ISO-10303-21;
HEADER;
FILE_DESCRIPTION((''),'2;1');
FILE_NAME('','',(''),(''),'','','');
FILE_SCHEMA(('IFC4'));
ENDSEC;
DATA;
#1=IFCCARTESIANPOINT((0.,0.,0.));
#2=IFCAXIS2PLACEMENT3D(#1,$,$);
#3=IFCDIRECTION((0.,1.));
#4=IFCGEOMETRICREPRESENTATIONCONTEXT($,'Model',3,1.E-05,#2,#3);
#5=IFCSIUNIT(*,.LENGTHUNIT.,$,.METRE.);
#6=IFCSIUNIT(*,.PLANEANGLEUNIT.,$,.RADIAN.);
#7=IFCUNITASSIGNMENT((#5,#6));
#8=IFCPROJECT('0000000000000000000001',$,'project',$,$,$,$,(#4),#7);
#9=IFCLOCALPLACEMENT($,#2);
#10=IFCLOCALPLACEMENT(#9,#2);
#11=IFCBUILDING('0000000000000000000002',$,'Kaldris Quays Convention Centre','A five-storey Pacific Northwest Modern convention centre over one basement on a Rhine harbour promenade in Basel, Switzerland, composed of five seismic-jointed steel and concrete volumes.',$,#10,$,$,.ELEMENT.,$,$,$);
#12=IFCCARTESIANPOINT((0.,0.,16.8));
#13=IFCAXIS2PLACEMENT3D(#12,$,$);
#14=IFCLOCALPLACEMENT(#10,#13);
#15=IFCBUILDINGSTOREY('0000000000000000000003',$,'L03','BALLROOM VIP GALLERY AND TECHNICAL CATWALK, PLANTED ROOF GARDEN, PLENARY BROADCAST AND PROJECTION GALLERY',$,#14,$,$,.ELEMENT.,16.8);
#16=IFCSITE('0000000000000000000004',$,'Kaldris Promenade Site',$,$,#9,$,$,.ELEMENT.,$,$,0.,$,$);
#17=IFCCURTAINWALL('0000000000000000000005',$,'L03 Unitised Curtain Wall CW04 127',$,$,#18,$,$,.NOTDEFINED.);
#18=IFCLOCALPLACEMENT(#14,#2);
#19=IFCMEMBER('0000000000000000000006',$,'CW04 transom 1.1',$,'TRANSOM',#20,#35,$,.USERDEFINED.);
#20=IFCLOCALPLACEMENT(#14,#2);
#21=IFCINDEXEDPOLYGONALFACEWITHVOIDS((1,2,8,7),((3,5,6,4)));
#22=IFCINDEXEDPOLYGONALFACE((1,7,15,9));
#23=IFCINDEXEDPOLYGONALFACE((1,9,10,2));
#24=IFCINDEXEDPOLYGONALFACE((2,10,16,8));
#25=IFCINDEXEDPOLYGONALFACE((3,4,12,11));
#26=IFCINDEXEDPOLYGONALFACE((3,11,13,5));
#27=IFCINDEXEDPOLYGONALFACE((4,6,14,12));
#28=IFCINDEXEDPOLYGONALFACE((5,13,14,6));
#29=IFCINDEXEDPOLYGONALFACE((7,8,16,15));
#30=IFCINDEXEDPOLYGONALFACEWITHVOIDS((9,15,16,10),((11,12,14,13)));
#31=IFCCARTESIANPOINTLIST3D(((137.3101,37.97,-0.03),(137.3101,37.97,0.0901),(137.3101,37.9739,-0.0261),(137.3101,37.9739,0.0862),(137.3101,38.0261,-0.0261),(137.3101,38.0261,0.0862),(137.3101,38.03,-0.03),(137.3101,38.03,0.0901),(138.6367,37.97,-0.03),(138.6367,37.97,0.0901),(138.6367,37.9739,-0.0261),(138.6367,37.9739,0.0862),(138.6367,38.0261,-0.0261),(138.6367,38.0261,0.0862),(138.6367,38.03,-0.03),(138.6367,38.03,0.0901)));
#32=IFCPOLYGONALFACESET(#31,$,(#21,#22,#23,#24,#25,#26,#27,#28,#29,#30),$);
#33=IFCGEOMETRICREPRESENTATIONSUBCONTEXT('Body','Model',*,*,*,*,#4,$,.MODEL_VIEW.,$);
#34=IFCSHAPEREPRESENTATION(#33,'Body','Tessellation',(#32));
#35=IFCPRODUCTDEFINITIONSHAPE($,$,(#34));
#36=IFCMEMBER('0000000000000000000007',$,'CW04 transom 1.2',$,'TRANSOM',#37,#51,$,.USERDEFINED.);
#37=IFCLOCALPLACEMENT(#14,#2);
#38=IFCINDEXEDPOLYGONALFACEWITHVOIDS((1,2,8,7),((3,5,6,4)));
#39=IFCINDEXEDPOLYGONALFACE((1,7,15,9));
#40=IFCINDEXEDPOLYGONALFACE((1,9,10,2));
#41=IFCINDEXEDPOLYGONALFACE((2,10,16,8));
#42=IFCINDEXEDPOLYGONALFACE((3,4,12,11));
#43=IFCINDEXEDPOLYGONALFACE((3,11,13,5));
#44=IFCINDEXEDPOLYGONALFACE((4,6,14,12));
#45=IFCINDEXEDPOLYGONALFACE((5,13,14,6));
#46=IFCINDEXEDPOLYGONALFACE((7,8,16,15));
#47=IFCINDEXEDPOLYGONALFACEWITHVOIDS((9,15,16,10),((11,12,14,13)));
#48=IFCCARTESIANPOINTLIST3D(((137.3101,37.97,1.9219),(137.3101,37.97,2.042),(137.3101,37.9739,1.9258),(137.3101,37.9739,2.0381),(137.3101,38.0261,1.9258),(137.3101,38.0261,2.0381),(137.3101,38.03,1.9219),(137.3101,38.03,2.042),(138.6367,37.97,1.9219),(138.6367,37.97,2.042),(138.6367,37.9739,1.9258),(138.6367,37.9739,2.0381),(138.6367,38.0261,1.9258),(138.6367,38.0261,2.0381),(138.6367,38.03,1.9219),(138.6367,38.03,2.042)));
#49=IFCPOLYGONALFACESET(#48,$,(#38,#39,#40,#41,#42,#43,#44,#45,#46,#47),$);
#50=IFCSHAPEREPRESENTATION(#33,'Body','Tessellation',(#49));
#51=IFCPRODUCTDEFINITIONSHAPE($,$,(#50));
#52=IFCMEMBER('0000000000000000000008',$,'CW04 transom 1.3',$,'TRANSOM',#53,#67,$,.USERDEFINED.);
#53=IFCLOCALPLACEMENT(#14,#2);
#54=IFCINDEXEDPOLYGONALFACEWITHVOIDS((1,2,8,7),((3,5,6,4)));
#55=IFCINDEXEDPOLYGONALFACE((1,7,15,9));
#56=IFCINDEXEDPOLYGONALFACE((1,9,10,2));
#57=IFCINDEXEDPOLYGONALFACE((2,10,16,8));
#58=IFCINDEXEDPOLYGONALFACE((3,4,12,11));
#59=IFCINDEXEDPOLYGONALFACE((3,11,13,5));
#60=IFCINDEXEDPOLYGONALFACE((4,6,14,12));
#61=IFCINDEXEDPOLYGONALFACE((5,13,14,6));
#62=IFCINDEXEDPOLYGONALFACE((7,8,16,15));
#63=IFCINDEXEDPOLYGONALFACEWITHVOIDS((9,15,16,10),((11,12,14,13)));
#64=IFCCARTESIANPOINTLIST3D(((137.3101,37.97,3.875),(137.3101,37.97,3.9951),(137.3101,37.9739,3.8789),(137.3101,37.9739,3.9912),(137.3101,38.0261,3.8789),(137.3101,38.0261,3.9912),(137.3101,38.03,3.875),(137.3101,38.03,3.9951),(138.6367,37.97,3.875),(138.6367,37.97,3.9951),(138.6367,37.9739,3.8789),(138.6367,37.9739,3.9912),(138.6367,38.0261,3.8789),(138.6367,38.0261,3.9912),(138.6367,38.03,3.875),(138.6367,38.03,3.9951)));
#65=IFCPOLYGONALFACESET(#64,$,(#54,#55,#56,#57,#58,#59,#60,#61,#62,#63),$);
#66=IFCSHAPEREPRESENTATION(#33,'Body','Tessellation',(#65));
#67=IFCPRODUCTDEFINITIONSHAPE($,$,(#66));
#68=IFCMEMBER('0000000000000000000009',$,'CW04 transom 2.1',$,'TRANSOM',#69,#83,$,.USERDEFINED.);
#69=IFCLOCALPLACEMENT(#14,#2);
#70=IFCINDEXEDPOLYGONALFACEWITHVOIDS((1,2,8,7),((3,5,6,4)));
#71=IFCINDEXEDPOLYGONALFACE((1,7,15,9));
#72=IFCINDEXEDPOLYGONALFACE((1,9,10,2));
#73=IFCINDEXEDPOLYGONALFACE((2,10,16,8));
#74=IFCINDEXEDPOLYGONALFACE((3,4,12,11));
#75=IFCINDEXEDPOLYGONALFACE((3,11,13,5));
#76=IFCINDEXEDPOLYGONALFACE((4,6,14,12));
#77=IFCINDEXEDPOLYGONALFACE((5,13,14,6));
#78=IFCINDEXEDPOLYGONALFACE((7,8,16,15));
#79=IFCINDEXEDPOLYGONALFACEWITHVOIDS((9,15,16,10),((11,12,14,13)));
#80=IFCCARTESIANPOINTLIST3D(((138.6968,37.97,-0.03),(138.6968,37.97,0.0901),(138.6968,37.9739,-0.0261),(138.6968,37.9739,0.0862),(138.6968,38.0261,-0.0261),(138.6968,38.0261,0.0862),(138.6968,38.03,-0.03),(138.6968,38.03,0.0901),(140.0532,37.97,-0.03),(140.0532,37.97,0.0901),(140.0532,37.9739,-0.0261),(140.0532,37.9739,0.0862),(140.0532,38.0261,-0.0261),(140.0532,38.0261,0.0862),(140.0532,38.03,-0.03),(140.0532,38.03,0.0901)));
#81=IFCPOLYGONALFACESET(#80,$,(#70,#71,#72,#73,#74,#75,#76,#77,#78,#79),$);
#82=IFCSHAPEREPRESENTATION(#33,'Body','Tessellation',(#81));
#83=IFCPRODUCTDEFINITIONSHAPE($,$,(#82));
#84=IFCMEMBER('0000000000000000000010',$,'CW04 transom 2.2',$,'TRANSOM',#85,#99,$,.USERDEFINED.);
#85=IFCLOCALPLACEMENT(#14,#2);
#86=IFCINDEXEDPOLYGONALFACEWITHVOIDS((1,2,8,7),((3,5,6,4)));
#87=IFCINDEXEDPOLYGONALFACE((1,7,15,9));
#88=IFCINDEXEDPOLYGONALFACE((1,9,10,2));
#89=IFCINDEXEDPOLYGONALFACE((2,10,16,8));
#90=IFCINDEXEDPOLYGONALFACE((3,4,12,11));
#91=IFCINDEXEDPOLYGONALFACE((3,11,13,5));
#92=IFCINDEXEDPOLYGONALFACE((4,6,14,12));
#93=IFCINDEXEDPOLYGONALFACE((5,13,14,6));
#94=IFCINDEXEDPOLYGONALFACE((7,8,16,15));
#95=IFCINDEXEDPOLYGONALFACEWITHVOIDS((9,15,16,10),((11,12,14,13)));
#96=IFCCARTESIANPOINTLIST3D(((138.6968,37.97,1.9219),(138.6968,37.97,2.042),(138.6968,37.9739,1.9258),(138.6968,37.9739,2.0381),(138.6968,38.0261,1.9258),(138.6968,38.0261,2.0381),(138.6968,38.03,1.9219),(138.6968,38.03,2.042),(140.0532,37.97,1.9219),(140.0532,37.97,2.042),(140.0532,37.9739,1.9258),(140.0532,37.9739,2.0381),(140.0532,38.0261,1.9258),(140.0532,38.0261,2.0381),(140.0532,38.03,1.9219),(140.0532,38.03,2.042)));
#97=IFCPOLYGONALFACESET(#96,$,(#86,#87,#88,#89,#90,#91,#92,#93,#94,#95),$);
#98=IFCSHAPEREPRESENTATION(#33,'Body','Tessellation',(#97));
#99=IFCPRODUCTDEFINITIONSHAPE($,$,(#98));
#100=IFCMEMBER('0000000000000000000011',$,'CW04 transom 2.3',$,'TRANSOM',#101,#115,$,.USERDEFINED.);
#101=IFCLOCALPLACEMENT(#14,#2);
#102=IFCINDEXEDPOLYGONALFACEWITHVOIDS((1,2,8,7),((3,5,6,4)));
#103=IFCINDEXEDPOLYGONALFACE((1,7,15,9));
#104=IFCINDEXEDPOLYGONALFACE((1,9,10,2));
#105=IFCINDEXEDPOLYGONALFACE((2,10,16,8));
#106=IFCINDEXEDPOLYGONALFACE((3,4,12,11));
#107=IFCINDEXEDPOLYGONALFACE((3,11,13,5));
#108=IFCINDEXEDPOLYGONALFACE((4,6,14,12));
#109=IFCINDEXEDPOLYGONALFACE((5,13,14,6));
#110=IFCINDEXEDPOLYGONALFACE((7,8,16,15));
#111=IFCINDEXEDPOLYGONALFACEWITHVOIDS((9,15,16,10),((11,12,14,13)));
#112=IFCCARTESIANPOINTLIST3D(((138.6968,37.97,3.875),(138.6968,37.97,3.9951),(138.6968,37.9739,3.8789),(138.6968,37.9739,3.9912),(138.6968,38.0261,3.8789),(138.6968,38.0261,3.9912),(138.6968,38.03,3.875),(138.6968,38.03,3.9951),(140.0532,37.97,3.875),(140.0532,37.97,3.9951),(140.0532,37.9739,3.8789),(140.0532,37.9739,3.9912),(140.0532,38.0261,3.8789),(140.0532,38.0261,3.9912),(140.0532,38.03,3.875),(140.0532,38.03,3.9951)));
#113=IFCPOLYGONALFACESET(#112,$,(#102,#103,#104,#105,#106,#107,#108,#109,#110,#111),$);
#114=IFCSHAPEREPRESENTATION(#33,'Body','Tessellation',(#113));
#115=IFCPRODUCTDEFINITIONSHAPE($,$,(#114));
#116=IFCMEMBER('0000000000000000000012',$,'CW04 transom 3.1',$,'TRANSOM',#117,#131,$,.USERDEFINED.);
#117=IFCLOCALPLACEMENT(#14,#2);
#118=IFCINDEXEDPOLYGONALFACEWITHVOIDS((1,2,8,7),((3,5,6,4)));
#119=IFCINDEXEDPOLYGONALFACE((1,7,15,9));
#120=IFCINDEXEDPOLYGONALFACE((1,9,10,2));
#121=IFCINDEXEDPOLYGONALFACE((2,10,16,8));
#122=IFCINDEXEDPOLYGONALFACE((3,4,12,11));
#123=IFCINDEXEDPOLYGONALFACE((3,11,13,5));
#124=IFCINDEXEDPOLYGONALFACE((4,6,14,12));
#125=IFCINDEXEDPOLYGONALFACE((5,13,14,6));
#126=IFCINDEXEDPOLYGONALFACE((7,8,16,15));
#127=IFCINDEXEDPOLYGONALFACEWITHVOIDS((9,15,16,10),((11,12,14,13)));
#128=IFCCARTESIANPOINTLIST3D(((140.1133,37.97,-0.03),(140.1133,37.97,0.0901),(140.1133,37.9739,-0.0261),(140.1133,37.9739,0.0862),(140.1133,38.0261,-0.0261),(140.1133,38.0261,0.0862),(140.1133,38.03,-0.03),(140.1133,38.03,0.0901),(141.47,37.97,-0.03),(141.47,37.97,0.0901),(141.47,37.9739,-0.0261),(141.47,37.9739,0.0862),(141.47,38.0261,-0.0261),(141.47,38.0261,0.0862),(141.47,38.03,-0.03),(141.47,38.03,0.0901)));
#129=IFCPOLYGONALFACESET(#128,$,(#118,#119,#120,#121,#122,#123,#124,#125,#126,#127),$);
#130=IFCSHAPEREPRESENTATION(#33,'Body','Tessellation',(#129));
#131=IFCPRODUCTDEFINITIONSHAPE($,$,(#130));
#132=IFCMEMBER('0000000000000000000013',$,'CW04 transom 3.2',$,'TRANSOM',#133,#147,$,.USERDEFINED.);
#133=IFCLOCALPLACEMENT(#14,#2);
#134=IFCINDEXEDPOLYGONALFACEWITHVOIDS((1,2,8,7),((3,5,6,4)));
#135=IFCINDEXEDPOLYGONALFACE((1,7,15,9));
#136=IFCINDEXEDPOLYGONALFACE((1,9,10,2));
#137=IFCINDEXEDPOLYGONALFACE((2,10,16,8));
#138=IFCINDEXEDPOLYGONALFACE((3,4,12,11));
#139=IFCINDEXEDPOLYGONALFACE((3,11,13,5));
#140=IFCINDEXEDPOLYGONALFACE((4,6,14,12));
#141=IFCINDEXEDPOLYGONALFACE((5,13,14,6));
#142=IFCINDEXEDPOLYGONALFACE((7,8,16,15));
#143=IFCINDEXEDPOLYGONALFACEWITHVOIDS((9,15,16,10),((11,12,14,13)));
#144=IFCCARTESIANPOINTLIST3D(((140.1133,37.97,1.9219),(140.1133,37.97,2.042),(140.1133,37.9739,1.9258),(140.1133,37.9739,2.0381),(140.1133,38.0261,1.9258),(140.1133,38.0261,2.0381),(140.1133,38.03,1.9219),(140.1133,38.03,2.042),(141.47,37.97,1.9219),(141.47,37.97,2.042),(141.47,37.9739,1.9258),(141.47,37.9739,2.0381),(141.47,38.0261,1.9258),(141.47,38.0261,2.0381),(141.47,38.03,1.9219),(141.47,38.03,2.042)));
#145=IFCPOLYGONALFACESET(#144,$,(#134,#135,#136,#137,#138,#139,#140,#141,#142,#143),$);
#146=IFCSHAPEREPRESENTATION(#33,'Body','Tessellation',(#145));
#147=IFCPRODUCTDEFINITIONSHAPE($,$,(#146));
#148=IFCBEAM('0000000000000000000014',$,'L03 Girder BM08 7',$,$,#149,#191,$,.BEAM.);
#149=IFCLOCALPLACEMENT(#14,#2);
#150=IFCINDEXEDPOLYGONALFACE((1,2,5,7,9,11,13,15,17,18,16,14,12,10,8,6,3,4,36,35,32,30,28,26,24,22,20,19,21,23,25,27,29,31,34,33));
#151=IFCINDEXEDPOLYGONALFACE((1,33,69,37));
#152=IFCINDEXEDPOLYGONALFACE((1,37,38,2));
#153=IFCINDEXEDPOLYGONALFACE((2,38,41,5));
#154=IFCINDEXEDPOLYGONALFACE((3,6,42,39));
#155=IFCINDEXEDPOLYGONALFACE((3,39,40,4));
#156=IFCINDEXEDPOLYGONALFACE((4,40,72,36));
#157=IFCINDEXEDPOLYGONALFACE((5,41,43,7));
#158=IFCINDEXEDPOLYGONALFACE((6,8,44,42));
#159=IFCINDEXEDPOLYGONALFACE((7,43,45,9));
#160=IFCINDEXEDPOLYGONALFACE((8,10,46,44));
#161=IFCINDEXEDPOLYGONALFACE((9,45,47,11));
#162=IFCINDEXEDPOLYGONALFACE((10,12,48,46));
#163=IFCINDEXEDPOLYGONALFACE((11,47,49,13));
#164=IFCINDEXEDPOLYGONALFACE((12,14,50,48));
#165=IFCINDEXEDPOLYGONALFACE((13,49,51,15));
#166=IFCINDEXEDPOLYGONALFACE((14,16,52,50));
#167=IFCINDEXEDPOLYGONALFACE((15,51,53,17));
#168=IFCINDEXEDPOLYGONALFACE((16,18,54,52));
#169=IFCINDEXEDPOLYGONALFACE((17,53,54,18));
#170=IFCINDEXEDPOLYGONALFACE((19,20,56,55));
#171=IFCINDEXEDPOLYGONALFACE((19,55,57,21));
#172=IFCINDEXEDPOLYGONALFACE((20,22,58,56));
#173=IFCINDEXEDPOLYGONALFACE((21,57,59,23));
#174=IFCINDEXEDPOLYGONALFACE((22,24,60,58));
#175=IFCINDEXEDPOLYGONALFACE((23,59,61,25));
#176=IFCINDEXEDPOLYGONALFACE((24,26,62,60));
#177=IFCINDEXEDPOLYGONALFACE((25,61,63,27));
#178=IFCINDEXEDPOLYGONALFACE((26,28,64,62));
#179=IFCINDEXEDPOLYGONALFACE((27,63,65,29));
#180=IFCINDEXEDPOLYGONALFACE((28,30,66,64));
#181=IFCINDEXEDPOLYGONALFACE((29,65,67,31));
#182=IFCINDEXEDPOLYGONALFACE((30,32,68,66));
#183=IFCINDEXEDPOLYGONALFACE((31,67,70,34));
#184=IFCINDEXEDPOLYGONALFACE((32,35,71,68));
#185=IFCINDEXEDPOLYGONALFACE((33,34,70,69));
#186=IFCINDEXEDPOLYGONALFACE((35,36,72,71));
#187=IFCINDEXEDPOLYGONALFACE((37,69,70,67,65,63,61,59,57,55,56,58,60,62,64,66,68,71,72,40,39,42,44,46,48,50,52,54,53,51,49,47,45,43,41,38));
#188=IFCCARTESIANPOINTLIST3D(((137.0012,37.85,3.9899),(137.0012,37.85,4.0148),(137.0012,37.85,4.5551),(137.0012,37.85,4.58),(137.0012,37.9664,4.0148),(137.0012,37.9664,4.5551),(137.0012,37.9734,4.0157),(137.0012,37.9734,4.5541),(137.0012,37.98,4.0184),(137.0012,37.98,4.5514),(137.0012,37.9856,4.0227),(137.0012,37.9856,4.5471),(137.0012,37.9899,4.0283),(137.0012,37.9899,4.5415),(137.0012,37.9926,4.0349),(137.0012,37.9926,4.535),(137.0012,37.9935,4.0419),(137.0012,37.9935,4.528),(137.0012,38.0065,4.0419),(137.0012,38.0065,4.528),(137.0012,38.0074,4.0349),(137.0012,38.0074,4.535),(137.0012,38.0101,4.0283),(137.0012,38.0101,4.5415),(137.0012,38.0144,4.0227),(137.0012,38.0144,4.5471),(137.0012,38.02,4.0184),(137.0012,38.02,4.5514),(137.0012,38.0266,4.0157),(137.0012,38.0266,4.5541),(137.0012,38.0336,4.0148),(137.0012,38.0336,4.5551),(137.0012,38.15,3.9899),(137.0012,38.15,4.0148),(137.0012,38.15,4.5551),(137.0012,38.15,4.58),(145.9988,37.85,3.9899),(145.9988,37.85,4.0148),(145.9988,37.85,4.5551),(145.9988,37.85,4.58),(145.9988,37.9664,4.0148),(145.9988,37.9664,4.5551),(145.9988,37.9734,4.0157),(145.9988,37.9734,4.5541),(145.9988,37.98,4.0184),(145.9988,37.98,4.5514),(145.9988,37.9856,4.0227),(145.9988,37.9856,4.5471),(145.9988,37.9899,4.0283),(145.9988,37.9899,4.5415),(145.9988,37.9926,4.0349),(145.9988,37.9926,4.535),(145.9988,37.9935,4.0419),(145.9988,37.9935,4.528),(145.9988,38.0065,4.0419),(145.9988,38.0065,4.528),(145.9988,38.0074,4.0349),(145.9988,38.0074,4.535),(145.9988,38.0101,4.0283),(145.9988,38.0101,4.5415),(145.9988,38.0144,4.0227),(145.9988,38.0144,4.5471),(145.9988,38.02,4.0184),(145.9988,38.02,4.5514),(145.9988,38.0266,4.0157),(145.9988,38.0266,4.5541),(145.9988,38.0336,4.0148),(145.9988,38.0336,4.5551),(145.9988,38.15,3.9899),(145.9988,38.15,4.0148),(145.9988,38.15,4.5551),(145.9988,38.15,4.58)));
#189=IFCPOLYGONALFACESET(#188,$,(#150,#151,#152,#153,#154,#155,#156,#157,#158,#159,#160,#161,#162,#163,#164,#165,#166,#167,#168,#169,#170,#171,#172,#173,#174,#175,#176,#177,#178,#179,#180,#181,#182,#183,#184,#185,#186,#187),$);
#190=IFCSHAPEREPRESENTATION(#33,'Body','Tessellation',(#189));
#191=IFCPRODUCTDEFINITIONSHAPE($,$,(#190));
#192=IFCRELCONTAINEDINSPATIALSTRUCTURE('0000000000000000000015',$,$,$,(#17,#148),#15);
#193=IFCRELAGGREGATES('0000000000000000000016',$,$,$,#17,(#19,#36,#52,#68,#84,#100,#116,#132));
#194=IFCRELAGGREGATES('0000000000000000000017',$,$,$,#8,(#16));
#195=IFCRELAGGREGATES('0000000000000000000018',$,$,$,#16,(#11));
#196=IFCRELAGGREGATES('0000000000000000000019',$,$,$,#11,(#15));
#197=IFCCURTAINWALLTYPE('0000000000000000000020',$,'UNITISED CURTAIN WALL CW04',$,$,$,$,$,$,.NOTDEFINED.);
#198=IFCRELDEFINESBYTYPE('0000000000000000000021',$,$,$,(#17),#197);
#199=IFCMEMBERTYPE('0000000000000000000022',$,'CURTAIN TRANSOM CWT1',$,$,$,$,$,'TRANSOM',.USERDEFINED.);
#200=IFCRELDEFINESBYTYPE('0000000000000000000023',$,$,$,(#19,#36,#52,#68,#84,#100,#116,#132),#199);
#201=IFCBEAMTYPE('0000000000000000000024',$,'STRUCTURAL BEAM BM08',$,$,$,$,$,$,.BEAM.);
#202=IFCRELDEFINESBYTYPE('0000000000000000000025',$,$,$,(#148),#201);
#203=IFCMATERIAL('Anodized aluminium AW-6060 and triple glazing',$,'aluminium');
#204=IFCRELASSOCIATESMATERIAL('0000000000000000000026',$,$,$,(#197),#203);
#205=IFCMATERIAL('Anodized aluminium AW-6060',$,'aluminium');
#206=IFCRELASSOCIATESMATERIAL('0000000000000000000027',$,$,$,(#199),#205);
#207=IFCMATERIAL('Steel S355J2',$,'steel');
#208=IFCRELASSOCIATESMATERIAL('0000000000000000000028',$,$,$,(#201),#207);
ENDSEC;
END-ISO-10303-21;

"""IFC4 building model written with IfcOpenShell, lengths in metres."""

from ifc_helpers import new_model, si_unit, direction, frame, origin, origin_2d, place, context, subcontext, project, spatial, hollow_rectangle, i_section, extrude, material, material_profile, profile_set, type_object, element, aggregate, save


model = new_model("IFC4")

# Units and contexts
model_context = context("Model", 3, precision=1e-05, world=origin(), true_north=direction((0.0, 1.0)))
body_context = subcontext(model_context, "Body", "Model", "MODEL_VIEW")
ifc_project = project(units=[si_unit("LENGTHUNIT", "METRE"), si_unit("PLANEANGLEUNIT", "RADIAN")], contexts=[model_context])

# Site, building, storey
site_placement = place(None, origin())
site = spatial("IfcSite", under=ifc_project, at=site_placement, Name="Kaldris Promenade Site", CompositionType="ELEMENT", RefElevation=0.0)
building_placement = place(site_placement, origin())
building = spatial("IfcBuilding", under=site, at=building_placement, Name="Kaldris Quays Convention Centre", Description="A five-storey Pacific Northwest Modern convention centre over one basement on a Rhine harbour promenade in Basel, Switzerland, composed of five seismic-jointed steel and concrete volumes.", CompositionType="ELEMENT")
storey_placement = place(building_placement, frame((0.0, 0.0, 16.8)))
storey = spatial("IfcBuildingStorey", under=building, at=storey_placement, Name="L03", Description="BALLROOM VIP GALLERY AND TECHNICAL CATWALK, PLANTED ROOF GARDEN, PLENARY BROADCAST AND PROJECTION GALLERY", CompositionType="ELEMENT", Elevation=16.8)

# Shared definitions
ifc_material_1 = material(Name="Steel S355J2", Category="steel")

# Curtain wall
ifc_material_2 = material(Name="Anodized aluminium AW-6060 and triple glazing", Category="aluminium")
curtain_wall_type = type_object("IfcCurtainWallType", Name="UNITISED CURTAIN WALL CW04", PredefinedType="NOTDEFINED", material=ifc_material_2)
ifc_material_3 = material(Name="Anodized aluminium AW-6060", Category="aluminium")
curtain_wall_1_placement = place(storey_placement, origin())
curtain_wall_1 = element("IfcCurtainWall", 1, at=curtain_wall_1_placement, inside=storey, type_object=curtain_wall_type, Name="L03 Unitised Curtain Wall CW04 127", PredefinedType="NOTDEFINED")

# Members
ifc_material_profile_1 = material_profile(ifc_material_3, hollow_rectangle(XDim=0.0601, YDim=0.1201, WallThickness=0.0039, at=origin_2d()), Name="RHS 120x60x4")
ifc_profile_set_1 = profile_set([ifc_material_profile_1], Name="Anodized aluminium AW-6060")
member_type_1 = type_object("IfcMemberType", Name="CURTAIN TRANSOM CWT1", ElementType="TRANSOM", PredefinedType="USERDEFINED", material=ifc_profile_set_1)
member_1_placement = place(storey_placement, frame((137.3101, 38.0, 0.03), z_axis=(1.0, 0.0, 0.0), x_axis=(0.0, 1.0, 0.0)))
member_1 = element("IfcMember", 2, at=member_1_placement, type_object=member_type_1, Name="CW04 transom 1.1", ObjectType="TRANSOM", PredefinedType="USERDEFINED", context=body_context, shape_type="SweptSolid", body=[
    extrude(hollow_rectangle(XDim=0.0601, YDim=0.1201, WallThickness=0.0039, at=origin_2d()), origin(), (0.0, 0.0, 1.0), 1.3267),
])
member_2_placement = place(storey_placement, frame((137.3101, 38.0, 1.9819), z_axis=(1.0, 0.0, 0.0), x_axis=(0.0, 1.0, 0.0)))
member_2 = element("IfcMember", 3, at=member_2_placement, type_object=member_type_1, Name="CW04 transom 1.2", ObjectType="TRANSOM", PredefinedType="USERDEFINED", context=body_context, shape_type="SweptSolid", body=[
    extrude(hollow_rectangle(XDim=0.0601, YDim=0.1201, WallThickness=0.0039, at=origin_2d()), origin(), (0.0, 0.0, 1.0), 1.3267),
])
member_3_placement = place(storey_placement, frame((137.3101, 38.0, 3.9351), z_axis=(1.0, 0.0, 0.0), x_axis=(0.0, 1.0, 0.0)))
member_3 = element("IfcMember", 4, at=member_3_placement, type_object=member_type_1, Name="CW04 transom 1.3", ObjectType="TRANSOM", PredefinedType="USERDEFINED", context=body_context, shape_type="SweptSolid", body=[
    extrude(hollow_rectangle(XDim=0.0601, YDim=0.1201, WallThickness=0.0039, at=origin_2d()), origin(), (0.0, 0.0, 1.0), 1.3267),
])
member_4_placement = place(storey_placement, frame((138.6968, 38.0, 0.03), z_axis=(1.0, 0.0, 0.0), x_axis=(0.0, 1.0, 0.0)))
member_4 = element("IfcMember", 5, at=member_4_placement, type_object=member_type_1, Name="CW04 transom 2.1", ObjectType="TRANSOM", PredefinedType="USERDEFINED", context=body_context, shape_type="SweptSolid", body=[
    extrude(hollow_rectangle(XDim=0.0601, YDim=0.1201, WallThickness=0.0039, at=origin_2d()), origin(), (0.0, 0.0, 1.0), 1.3564),
])
member_5_placement = place(storey_placement, frame((138.6968, 38.0, 1.9819), z_axis=(1.0, 0.0, 0.0), x_axis=(0.0, 1.0, 0.0)))
member_5 = element("IfcMember", 6, at=member_5_placement, type_object=member_type_1, Name="CW04 transom 2.2", ObjectType="TRANSOM", PredefinedType="USERDEFINED", context=body_context, shape_type="SweptSolid", body=[
    extrude(hollow_rectangle(XDim=0.0601, YDim=0.1201, WallThickness=0.0039, at=origin_2d()), origin(), (0.0, 0.0, 1.0), 1.3564),
])
member_6_placement = place(storey_placement, frame((138.6968, 38.0, 3.9351), z_axis=(1.0, 0.0, 0.0), x_axis=(0.0, 1.0, 0.0)))
member_6 = element("IfcMember", 7, at=member_6_placement, type_object=member_type_1, Name="CW04 transom 2.3", ObjectType="TRANSOM", PredefinedType="USERDEFINED", context=body_context, shape_type="SweptSolid", body=[
    extrude(hollow_rectangle(XDim=0.0601, YDim=0.1201, WallThickness=0.0039, at=origin_2d()), origin(), (0.0, 0.0, 1.0), 1.3564),
])
member_7_placement = place(storey_placement, frame((140.1133, 38.0, 0.03), z_axis=(1.0, 0.0, 0.0), x_axis=(0.0, 1.0, 0.0)))
member_7 = element("IfcMember", 8, at=member_7_placement, type_object=member_type_1, Name="CW04 transom 3.1", ObjectType="TRANSOM", PredefinedType="USERDEFINED", context=body_context, shape_type="SweptSolid", body=[
    extrude(hollow_rectangle(XDim=0.0601, YDim=0.1201, WallThickness=0.0039, at=origin_2d()), origin(), (0.0, 0.0, 1.0), 1.3567),
])
member_8_placement = place(storey_placement, frame((140.1133, 38.0, 1.9819), z_axis=(1.0, 0.0, 0.0), x_axis=(0.0, 1.0, 0.0)))
member_8 = element("IfcMember", 9, at=member_8_placement, type_object=member_type_1, Name="CW04 transom 3.2", ObjectType="TRANSOM", PredefinedType="USERDEFINED", context=body_context, shape_type="SweptSolid", body=[
    extrude(hollow_rectangle(XDim=0.0601, YDim=0.1201, WallThickness=0.0039, at=origin_2d()), origin(), (0.0, 0.0, 1.0), 1.3567),
])

# Beam
ifc_material_profile_2 = material_profile(ifc_material_1, i_section(OverallWidth=0.3, OverallDepth=0.5901, WebThickness=0.0129, FlangeThickness=0.0249, FilletRadius=0.0271, at=origin_2d()), Name="HEA 600")
ifc_profile_set_2 = profile_set([ifc_material_profile_2], Name="Steel S355J2")
beam_type = type_object("IfcBeamType", Name="STRUCTURAL BEAM BM08", PredefinedType="BEAM", material=ifc_profile_set_2)
beam_placement = place(storey_placement, frame((137.0012, 38.0, 4.2849), z_axis=(1.0, 0.0, 0.0), x_axis=(0.0, 1.0, 0.0)))
element("IfcBeam", 10, at=beam_placement, inside=storey, type_object=beam_type, Name="L03 Girder BM08 7", PredefinedType="BEAM", context=body_context, shape_type="SweptSolid", body=[
    extrude(i_section(OverallWidth=0.3, OverallDepth=0.5901, WebThickness=0.0129, FlangeThickness=0.0249, FilletRadius=0.0271, at=origin_2d()), origin(), (0.0, 0.0, 1.0), 8.9976),
])

aggregate(curtain_wall_1, [member_1, member_2, member_3, member_4, member_5, member_6, member_7, member_8])

save(model, "model.ifc")
